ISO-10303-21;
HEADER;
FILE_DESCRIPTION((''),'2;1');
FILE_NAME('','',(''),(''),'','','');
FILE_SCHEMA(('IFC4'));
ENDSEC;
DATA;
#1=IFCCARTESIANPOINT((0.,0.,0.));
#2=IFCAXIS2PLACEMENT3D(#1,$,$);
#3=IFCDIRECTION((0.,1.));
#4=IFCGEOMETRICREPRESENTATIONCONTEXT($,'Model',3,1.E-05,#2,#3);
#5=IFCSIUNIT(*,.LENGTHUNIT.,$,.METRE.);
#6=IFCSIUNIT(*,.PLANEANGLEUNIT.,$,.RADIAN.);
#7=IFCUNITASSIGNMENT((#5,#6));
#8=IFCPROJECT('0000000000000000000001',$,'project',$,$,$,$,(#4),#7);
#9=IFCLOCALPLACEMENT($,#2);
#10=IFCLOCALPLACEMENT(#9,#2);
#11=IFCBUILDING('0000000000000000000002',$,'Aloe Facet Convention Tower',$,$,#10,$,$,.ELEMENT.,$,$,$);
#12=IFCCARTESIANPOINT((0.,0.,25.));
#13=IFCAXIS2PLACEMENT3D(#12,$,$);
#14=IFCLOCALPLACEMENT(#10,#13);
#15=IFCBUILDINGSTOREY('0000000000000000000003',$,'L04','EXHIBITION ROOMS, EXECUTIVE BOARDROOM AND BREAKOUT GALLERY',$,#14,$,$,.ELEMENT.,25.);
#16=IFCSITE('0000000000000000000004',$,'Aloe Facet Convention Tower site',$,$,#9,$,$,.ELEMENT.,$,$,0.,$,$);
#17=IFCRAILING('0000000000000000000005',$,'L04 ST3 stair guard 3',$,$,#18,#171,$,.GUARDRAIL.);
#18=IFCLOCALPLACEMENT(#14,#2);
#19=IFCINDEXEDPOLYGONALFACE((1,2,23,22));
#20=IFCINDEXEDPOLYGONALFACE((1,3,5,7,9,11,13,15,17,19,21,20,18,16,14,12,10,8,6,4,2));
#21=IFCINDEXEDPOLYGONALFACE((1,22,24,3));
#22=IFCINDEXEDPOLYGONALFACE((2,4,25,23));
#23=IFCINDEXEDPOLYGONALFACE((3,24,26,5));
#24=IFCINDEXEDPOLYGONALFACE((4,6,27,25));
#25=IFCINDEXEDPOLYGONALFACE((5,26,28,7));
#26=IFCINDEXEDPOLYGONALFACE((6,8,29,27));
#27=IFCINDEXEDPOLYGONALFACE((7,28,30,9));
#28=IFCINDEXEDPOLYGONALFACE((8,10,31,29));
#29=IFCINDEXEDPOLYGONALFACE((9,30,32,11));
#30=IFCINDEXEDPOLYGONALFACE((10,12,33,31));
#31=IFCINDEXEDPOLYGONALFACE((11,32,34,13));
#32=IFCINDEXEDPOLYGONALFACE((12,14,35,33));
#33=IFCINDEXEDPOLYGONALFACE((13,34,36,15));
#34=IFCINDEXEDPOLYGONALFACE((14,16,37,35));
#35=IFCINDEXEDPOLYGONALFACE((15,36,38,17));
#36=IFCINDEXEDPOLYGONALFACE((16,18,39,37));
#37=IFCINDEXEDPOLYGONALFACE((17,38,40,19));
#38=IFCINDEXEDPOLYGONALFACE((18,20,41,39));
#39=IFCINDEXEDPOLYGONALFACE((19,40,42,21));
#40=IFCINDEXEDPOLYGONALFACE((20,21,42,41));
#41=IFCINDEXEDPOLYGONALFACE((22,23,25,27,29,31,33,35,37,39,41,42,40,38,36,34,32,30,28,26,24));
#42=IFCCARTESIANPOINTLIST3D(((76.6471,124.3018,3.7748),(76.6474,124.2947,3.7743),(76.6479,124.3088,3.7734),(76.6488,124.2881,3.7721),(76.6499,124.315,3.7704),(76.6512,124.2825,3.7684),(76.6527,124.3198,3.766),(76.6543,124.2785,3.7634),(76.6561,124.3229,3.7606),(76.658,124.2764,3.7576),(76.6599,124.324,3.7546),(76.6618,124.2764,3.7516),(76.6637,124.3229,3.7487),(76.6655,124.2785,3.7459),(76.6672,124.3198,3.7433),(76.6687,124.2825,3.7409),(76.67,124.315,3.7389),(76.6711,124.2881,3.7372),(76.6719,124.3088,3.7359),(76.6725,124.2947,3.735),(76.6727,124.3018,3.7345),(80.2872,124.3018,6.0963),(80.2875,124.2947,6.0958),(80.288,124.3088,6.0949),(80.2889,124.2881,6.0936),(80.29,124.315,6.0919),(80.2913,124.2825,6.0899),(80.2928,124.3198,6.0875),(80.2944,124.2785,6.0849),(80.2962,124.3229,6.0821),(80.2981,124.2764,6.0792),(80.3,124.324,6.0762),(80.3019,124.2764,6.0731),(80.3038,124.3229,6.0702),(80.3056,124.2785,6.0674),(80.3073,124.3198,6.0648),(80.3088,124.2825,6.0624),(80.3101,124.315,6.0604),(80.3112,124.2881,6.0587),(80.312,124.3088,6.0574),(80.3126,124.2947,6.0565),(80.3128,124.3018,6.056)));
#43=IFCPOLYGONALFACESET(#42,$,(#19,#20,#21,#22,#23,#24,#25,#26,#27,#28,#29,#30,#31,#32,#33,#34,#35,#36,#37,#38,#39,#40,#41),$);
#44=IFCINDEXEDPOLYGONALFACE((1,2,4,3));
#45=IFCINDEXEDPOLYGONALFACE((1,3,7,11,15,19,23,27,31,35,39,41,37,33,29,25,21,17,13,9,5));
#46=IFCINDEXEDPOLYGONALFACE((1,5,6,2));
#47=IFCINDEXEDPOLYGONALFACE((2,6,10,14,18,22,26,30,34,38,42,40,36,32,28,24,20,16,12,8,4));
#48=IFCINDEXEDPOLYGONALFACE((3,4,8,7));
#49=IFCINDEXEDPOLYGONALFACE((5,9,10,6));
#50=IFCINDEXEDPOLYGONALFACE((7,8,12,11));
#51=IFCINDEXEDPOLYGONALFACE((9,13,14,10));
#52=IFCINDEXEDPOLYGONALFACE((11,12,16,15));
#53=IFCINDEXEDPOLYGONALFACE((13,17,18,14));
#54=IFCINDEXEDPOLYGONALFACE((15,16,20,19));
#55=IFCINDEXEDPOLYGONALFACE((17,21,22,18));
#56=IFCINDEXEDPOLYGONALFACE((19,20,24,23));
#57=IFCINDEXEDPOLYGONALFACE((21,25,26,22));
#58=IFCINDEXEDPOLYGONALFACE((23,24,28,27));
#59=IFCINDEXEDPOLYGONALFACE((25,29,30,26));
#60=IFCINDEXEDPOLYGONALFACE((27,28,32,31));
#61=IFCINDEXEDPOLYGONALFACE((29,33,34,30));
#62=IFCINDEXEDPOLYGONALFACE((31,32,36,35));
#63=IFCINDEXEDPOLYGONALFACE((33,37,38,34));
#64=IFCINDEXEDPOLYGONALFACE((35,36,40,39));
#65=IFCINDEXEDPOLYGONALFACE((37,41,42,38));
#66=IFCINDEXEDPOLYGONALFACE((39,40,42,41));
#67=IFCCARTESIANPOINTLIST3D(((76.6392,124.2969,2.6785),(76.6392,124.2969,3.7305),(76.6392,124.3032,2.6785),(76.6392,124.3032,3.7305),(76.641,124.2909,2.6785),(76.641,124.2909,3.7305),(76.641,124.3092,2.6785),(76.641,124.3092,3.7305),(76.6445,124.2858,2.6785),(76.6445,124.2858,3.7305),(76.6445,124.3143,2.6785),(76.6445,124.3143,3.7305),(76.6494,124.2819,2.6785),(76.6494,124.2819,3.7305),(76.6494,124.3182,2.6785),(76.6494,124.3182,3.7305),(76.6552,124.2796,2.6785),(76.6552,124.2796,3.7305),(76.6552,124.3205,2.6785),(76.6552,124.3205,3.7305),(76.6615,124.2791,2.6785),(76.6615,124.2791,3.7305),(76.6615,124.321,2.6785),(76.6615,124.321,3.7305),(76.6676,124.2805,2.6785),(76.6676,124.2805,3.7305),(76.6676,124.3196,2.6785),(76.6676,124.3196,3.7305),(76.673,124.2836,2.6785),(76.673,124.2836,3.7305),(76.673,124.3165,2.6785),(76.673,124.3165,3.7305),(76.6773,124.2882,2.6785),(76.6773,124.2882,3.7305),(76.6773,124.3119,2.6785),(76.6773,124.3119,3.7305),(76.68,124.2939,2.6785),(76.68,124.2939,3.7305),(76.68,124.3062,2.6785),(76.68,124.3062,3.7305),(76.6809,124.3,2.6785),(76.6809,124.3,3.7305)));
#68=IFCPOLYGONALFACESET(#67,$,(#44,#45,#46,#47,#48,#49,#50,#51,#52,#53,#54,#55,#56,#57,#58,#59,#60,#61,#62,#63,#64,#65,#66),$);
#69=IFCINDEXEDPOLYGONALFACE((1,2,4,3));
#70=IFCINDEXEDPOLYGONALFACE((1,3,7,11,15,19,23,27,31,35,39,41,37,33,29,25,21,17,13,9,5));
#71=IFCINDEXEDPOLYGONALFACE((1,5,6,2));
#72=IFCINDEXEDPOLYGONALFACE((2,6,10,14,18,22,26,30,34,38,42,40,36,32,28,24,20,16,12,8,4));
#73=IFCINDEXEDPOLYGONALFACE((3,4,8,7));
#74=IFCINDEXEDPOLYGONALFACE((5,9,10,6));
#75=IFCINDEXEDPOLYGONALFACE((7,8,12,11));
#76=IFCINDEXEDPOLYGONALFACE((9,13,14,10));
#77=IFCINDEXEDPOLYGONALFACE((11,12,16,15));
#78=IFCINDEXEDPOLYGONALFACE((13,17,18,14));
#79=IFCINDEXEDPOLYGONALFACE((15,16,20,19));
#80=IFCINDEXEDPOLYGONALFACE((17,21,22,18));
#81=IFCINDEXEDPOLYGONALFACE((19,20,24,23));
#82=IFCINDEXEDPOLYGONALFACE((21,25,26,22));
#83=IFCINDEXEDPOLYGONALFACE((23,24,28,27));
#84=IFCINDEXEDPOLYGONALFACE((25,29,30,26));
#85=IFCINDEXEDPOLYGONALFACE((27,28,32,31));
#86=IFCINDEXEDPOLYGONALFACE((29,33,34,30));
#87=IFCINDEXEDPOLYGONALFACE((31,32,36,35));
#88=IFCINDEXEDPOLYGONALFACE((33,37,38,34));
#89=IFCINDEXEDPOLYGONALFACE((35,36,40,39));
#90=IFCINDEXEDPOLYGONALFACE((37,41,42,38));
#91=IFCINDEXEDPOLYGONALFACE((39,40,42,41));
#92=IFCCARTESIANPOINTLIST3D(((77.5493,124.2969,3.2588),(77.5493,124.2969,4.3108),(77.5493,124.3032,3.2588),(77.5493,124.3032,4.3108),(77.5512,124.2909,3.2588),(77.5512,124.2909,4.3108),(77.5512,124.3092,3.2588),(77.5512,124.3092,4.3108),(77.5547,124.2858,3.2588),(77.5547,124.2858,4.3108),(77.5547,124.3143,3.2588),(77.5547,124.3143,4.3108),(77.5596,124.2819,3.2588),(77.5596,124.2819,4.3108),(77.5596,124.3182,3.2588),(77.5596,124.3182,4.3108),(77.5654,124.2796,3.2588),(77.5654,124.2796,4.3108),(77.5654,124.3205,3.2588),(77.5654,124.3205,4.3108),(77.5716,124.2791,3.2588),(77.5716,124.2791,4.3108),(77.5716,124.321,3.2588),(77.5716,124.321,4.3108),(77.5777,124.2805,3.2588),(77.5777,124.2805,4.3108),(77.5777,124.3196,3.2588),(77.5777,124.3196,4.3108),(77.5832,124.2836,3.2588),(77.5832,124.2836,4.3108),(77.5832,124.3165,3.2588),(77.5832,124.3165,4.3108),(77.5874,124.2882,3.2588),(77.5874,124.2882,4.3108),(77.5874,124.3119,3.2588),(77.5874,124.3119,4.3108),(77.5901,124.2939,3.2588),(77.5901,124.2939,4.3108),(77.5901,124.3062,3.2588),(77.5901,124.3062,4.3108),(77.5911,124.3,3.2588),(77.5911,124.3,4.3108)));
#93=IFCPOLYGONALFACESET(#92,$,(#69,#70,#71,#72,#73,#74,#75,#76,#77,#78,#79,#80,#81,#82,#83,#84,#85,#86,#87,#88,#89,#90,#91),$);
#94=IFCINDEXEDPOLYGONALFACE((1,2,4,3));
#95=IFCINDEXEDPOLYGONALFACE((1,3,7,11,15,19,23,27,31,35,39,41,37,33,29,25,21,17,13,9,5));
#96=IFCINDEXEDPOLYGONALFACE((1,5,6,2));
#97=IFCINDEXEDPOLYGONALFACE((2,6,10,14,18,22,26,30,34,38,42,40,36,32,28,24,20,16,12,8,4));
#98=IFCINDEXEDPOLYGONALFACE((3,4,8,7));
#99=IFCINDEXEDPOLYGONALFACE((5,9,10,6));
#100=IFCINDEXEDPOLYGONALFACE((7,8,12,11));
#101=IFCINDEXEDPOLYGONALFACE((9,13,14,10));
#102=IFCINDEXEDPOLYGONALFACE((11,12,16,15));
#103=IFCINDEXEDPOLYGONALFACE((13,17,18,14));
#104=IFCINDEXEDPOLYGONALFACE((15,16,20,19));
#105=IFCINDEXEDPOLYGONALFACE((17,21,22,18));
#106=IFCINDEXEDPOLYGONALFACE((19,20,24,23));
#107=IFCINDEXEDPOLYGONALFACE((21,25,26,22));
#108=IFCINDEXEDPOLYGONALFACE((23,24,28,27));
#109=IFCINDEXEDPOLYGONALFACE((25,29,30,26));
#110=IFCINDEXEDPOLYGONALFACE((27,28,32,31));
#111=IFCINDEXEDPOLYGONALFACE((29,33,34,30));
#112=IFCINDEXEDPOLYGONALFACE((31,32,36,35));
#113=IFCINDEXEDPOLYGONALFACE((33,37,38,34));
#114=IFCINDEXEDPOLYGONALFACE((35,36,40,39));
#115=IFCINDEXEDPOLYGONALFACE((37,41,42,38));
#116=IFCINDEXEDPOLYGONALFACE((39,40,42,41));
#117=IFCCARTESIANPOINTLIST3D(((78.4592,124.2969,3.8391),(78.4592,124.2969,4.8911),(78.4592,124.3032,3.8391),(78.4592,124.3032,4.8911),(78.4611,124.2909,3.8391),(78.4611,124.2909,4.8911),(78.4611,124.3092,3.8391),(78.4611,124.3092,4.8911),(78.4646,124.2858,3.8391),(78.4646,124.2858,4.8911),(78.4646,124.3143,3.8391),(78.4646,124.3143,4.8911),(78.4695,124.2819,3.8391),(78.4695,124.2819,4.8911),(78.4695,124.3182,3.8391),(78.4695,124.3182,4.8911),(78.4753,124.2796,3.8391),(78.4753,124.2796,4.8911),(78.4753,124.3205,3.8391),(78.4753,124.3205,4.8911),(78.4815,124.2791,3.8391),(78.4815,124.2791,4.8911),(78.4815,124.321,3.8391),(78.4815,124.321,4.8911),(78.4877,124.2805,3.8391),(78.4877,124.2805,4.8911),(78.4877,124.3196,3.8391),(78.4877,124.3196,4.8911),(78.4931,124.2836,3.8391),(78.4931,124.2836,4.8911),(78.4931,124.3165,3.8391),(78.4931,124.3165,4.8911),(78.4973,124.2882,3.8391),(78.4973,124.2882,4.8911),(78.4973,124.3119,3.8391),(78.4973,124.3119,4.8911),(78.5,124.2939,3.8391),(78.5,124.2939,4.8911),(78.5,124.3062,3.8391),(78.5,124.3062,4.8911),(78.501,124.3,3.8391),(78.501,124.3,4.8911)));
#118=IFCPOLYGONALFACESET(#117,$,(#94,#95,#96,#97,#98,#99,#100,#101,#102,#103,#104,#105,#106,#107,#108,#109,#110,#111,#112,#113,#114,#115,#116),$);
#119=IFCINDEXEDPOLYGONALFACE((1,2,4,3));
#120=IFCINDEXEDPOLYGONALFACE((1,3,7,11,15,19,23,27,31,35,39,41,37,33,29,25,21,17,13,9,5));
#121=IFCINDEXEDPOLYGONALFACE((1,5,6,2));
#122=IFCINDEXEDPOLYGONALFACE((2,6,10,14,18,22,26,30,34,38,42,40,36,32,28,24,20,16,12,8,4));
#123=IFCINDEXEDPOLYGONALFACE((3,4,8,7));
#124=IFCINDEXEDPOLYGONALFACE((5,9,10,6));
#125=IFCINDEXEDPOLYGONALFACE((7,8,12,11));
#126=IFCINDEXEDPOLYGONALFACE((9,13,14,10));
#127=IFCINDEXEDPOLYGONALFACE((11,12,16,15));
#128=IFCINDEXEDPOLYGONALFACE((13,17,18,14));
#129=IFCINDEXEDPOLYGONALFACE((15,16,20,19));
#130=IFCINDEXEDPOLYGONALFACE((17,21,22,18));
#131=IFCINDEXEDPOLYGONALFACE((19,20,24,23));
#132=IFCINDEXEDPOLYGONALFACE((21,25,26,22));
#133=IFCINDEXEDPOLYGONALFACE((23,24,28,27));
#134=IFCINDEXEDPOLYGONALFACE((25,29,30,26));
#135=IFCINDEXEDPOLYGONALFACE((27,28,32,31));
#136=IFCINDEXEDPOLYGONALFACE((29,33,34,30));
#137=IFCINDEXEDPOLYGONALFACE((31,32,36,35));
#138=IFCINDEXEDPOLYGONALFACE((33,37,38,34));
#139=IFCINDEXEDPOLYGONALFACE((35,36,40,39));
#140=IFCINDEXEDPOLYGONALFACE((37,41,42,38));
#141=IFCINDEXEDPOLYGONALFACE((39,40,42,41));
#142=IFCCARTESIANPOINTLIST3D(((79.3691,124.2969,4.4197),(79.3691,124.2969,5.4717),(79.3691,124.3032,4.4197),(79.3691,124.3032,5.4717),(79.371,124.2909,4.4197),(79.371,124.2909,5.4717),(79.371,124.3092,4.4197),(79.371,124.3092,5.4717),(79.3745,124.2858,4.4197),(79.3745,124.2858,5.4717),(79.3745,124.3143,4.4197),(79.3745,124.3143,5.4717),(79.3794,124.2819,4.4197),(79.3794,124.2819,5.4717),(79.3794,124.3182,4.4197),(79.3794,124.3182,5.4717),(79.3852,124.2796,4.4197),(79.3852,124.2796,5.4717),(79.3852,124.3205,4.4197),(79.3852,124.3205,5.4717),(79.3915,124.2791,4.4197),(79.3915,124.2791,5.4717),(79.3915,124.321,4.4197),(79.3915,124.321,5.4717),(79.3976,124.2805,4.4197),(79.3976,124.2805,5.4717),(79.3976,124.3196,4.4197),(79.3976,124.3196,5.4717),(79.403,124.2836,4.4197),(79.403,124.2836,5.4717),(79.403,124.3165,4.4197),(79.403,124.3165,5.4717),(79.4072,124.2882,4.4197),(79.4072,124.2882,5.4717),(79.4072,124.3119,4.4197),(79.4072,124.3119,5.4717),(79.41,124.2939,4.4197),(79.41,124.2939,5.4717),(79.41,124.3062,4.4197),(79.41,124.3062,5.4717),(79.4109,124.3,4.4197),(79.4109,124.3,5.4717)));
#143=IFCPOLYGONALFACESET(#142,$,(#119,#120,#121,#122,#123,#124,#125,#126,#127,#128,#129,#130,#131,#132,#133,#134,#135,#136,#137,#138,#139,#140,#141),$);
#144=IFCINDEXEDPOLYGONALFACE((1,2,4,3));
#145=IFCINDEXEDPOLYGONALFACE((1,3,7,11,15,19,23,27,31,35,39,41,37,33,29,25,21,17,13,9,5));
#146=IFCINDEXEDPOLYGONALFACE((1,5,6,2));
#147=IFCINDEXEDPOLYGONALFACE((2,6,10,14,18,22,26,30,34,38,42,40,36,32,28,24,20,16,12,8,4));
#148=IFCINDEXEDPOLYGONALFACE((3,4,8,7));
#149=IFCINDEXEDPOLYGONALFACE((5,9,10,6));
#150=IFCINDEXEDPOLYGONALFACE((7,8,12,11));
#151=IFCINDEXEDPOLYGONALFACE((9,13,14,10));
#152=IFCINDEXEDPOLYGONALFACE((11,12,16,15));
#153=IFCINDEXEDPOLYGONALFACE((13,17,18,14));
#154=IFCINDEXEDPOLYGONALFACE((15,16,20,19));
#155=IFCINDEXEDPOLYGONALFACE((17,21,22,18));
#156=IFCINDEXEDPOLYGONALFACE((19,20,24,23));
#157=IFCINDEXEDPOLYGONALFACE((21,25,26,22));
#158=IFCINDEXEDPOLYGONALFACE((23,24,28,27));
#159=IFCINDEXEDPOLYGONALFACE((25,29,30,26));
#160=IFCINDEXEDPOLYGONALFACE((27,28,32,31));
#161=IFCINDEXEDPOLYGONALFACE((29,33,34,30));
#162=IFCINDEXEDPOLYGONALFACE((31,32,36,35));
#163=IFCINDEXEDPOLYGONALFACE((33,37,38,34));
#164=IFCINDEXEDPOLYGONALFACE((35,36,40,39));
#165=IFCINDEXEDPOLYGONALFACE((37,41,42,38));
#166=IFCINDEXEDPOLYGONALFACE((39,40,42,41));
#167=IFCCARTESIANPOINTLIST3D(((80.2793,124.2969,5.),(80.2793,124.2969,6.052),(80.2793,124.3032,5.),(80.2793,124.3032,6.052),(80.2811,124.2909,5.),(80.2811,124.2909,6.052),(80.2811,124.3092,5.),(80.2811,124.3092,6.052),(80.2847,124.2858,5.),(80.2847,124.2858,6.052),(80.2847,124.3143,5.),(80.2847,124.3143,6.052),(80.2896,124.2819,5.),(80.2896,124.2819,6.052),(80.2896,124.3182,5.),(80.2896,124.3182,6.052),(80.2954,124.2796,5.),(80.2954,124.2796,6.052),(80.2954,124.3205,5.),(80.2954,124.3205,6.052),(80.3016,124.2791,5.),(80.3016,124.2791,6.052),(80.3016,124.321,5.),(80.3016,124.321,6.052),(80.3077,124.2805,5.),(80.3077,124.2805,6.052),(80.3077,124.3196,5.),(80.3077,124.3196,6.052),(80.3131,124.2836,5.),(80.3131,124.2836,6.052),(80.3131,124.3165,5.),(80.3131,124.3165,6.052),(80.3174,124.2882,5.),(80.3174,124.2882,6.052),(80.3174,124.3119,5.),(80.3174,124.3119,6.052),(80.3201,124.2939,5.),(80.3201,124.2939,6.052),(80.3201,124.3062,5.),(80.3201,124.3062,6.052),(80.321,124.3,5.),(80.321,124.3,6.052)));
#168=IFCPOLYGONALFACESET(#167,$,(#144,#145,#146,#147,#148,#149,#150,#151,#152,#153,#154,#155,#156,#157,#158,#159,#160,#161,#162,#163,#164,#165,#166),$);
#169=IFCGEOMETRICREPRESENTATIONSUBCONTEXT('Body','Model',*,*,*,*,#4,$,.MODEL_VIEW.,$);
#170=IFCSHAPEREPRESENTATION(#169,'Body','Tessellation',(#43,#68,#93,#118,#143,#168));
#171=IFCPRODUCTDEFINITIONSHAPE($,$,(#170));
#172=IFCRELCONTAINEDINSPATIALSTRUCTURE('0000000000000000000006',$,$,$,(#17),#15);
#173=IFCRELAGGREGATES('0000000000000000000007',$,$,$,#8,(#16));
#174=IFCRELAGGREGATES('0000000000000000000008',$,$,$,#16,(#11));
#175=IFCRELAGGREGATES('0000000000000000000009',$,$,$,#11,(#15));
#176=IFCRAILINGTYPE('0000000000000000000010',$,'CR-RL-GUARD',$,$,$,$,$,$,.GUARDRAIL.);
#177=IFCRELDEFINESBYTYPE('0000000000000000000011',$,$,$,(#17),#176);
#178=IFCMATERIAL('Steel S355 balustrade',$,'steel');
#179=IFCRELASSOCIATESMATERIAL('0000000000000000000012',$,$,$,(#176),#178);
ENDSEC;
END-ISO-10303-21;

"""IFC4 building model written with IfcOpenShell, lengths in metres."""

from ifc_helpers import new_model, si_unit, direction, frame, origin, origin_2d, place, context, subcontext, project, spatial, circle, extrude, material, type_object, element, save


model = new_model("IFC4")

# Units and contexts
model_context = context("Model", 3, precision=1e-05, world=origin(), true_north=direction((0.0, 1.0)))
body_context = subcontext(model_context, "Body", "Model", "MODEL_VIEW")
ifc_project = project(units=[si_unit("LENGTHUNIT", "METRE"), si_unit("PLANEANGLEUNIT", "RADIAN")], contexts=[model_context])

# Site, building, storey
site_placement = place(None, origin())
site = spatial("IfcSite", under=ifc_project, at=site_placement, Name="Aloe Facet Convention Tower site", CompositionType="ELEMENT", RefElevation=0.0)
building_placement = place(site_placement, origin())
building = spatial("IfcBuilding", under=site, at=building_placement, Name="Aloe Facet Convention Tower", CompositionType="ELEMENT")
storey_placement = place(building_placement, frame((0.0, 0.0, 25.0)))
storey = spatial("IfcBuildingStorey", under=building, at=storey_placement, Name="L04", Description="EXHIBITION ROOMS, EXECUTIVE BOARDROOM AND BREAKOUT GALLERY", CompositionType="ELEMENT", Elevation=25.0)

# Railing
ifc_material_1 = material(Name="Steel S355 balustrade", Category="steel")
railing_type_1 = type_object("IfcRailingType", Name="CR-RL-GUARD", PredefinedType="GUARDRAIL", material=ifc_material_1)
railing_1_placement = place(storey_placement, frame((76.6599, 124.3, 2.6785)))
element("IfcRailing", 1, at=railing_1_placement, inside=storey, type_object=railing_type_1, Name="L04 ST3 stair guard 3", PredefinedType="GUARDRAIL", context=body_context, shape_type="SweptSolid", body=[
    extrude(circle(Radius=0.0239, at=origin_2d()), frame((0.0, 0.0, 1.0762), z_axis=(0.843128, 0.0, 0.537713), x_axis=(0.0, 1.0, 0.0)), (0.0, 0.0, 1.0), 4.3174),
    extrude(circle(Radius=0.021, at=origin_2d()), origin(), (0.0, 0.0, 1.0), 1.052),
    extrude(circle(Radius=0.021, at=origin_2d()), frame((0.9102, 0.0, 0.5803)), (0.0, 0.0, 1.0), 1.052),
    extrude(circle(Radius=0.021, at=origin_2d()), frame((1.8201, 0.0, 1.1606)), (0.0, 0.0, 1.0), 1.052),
    extrude(circle(Radius=0.021, at=origin_2d()), frame((2.73, 0.0, 1.7412)), (0.0, 0.0, 1.0), 1.052),
    extrude(circle(Radius=0.021, at=origin_2d()), frame((3.6401, 0.0, 2.3215)), (0.0, 0.0, 1.0), 1.052),
])

save(model, "model.ifc")
